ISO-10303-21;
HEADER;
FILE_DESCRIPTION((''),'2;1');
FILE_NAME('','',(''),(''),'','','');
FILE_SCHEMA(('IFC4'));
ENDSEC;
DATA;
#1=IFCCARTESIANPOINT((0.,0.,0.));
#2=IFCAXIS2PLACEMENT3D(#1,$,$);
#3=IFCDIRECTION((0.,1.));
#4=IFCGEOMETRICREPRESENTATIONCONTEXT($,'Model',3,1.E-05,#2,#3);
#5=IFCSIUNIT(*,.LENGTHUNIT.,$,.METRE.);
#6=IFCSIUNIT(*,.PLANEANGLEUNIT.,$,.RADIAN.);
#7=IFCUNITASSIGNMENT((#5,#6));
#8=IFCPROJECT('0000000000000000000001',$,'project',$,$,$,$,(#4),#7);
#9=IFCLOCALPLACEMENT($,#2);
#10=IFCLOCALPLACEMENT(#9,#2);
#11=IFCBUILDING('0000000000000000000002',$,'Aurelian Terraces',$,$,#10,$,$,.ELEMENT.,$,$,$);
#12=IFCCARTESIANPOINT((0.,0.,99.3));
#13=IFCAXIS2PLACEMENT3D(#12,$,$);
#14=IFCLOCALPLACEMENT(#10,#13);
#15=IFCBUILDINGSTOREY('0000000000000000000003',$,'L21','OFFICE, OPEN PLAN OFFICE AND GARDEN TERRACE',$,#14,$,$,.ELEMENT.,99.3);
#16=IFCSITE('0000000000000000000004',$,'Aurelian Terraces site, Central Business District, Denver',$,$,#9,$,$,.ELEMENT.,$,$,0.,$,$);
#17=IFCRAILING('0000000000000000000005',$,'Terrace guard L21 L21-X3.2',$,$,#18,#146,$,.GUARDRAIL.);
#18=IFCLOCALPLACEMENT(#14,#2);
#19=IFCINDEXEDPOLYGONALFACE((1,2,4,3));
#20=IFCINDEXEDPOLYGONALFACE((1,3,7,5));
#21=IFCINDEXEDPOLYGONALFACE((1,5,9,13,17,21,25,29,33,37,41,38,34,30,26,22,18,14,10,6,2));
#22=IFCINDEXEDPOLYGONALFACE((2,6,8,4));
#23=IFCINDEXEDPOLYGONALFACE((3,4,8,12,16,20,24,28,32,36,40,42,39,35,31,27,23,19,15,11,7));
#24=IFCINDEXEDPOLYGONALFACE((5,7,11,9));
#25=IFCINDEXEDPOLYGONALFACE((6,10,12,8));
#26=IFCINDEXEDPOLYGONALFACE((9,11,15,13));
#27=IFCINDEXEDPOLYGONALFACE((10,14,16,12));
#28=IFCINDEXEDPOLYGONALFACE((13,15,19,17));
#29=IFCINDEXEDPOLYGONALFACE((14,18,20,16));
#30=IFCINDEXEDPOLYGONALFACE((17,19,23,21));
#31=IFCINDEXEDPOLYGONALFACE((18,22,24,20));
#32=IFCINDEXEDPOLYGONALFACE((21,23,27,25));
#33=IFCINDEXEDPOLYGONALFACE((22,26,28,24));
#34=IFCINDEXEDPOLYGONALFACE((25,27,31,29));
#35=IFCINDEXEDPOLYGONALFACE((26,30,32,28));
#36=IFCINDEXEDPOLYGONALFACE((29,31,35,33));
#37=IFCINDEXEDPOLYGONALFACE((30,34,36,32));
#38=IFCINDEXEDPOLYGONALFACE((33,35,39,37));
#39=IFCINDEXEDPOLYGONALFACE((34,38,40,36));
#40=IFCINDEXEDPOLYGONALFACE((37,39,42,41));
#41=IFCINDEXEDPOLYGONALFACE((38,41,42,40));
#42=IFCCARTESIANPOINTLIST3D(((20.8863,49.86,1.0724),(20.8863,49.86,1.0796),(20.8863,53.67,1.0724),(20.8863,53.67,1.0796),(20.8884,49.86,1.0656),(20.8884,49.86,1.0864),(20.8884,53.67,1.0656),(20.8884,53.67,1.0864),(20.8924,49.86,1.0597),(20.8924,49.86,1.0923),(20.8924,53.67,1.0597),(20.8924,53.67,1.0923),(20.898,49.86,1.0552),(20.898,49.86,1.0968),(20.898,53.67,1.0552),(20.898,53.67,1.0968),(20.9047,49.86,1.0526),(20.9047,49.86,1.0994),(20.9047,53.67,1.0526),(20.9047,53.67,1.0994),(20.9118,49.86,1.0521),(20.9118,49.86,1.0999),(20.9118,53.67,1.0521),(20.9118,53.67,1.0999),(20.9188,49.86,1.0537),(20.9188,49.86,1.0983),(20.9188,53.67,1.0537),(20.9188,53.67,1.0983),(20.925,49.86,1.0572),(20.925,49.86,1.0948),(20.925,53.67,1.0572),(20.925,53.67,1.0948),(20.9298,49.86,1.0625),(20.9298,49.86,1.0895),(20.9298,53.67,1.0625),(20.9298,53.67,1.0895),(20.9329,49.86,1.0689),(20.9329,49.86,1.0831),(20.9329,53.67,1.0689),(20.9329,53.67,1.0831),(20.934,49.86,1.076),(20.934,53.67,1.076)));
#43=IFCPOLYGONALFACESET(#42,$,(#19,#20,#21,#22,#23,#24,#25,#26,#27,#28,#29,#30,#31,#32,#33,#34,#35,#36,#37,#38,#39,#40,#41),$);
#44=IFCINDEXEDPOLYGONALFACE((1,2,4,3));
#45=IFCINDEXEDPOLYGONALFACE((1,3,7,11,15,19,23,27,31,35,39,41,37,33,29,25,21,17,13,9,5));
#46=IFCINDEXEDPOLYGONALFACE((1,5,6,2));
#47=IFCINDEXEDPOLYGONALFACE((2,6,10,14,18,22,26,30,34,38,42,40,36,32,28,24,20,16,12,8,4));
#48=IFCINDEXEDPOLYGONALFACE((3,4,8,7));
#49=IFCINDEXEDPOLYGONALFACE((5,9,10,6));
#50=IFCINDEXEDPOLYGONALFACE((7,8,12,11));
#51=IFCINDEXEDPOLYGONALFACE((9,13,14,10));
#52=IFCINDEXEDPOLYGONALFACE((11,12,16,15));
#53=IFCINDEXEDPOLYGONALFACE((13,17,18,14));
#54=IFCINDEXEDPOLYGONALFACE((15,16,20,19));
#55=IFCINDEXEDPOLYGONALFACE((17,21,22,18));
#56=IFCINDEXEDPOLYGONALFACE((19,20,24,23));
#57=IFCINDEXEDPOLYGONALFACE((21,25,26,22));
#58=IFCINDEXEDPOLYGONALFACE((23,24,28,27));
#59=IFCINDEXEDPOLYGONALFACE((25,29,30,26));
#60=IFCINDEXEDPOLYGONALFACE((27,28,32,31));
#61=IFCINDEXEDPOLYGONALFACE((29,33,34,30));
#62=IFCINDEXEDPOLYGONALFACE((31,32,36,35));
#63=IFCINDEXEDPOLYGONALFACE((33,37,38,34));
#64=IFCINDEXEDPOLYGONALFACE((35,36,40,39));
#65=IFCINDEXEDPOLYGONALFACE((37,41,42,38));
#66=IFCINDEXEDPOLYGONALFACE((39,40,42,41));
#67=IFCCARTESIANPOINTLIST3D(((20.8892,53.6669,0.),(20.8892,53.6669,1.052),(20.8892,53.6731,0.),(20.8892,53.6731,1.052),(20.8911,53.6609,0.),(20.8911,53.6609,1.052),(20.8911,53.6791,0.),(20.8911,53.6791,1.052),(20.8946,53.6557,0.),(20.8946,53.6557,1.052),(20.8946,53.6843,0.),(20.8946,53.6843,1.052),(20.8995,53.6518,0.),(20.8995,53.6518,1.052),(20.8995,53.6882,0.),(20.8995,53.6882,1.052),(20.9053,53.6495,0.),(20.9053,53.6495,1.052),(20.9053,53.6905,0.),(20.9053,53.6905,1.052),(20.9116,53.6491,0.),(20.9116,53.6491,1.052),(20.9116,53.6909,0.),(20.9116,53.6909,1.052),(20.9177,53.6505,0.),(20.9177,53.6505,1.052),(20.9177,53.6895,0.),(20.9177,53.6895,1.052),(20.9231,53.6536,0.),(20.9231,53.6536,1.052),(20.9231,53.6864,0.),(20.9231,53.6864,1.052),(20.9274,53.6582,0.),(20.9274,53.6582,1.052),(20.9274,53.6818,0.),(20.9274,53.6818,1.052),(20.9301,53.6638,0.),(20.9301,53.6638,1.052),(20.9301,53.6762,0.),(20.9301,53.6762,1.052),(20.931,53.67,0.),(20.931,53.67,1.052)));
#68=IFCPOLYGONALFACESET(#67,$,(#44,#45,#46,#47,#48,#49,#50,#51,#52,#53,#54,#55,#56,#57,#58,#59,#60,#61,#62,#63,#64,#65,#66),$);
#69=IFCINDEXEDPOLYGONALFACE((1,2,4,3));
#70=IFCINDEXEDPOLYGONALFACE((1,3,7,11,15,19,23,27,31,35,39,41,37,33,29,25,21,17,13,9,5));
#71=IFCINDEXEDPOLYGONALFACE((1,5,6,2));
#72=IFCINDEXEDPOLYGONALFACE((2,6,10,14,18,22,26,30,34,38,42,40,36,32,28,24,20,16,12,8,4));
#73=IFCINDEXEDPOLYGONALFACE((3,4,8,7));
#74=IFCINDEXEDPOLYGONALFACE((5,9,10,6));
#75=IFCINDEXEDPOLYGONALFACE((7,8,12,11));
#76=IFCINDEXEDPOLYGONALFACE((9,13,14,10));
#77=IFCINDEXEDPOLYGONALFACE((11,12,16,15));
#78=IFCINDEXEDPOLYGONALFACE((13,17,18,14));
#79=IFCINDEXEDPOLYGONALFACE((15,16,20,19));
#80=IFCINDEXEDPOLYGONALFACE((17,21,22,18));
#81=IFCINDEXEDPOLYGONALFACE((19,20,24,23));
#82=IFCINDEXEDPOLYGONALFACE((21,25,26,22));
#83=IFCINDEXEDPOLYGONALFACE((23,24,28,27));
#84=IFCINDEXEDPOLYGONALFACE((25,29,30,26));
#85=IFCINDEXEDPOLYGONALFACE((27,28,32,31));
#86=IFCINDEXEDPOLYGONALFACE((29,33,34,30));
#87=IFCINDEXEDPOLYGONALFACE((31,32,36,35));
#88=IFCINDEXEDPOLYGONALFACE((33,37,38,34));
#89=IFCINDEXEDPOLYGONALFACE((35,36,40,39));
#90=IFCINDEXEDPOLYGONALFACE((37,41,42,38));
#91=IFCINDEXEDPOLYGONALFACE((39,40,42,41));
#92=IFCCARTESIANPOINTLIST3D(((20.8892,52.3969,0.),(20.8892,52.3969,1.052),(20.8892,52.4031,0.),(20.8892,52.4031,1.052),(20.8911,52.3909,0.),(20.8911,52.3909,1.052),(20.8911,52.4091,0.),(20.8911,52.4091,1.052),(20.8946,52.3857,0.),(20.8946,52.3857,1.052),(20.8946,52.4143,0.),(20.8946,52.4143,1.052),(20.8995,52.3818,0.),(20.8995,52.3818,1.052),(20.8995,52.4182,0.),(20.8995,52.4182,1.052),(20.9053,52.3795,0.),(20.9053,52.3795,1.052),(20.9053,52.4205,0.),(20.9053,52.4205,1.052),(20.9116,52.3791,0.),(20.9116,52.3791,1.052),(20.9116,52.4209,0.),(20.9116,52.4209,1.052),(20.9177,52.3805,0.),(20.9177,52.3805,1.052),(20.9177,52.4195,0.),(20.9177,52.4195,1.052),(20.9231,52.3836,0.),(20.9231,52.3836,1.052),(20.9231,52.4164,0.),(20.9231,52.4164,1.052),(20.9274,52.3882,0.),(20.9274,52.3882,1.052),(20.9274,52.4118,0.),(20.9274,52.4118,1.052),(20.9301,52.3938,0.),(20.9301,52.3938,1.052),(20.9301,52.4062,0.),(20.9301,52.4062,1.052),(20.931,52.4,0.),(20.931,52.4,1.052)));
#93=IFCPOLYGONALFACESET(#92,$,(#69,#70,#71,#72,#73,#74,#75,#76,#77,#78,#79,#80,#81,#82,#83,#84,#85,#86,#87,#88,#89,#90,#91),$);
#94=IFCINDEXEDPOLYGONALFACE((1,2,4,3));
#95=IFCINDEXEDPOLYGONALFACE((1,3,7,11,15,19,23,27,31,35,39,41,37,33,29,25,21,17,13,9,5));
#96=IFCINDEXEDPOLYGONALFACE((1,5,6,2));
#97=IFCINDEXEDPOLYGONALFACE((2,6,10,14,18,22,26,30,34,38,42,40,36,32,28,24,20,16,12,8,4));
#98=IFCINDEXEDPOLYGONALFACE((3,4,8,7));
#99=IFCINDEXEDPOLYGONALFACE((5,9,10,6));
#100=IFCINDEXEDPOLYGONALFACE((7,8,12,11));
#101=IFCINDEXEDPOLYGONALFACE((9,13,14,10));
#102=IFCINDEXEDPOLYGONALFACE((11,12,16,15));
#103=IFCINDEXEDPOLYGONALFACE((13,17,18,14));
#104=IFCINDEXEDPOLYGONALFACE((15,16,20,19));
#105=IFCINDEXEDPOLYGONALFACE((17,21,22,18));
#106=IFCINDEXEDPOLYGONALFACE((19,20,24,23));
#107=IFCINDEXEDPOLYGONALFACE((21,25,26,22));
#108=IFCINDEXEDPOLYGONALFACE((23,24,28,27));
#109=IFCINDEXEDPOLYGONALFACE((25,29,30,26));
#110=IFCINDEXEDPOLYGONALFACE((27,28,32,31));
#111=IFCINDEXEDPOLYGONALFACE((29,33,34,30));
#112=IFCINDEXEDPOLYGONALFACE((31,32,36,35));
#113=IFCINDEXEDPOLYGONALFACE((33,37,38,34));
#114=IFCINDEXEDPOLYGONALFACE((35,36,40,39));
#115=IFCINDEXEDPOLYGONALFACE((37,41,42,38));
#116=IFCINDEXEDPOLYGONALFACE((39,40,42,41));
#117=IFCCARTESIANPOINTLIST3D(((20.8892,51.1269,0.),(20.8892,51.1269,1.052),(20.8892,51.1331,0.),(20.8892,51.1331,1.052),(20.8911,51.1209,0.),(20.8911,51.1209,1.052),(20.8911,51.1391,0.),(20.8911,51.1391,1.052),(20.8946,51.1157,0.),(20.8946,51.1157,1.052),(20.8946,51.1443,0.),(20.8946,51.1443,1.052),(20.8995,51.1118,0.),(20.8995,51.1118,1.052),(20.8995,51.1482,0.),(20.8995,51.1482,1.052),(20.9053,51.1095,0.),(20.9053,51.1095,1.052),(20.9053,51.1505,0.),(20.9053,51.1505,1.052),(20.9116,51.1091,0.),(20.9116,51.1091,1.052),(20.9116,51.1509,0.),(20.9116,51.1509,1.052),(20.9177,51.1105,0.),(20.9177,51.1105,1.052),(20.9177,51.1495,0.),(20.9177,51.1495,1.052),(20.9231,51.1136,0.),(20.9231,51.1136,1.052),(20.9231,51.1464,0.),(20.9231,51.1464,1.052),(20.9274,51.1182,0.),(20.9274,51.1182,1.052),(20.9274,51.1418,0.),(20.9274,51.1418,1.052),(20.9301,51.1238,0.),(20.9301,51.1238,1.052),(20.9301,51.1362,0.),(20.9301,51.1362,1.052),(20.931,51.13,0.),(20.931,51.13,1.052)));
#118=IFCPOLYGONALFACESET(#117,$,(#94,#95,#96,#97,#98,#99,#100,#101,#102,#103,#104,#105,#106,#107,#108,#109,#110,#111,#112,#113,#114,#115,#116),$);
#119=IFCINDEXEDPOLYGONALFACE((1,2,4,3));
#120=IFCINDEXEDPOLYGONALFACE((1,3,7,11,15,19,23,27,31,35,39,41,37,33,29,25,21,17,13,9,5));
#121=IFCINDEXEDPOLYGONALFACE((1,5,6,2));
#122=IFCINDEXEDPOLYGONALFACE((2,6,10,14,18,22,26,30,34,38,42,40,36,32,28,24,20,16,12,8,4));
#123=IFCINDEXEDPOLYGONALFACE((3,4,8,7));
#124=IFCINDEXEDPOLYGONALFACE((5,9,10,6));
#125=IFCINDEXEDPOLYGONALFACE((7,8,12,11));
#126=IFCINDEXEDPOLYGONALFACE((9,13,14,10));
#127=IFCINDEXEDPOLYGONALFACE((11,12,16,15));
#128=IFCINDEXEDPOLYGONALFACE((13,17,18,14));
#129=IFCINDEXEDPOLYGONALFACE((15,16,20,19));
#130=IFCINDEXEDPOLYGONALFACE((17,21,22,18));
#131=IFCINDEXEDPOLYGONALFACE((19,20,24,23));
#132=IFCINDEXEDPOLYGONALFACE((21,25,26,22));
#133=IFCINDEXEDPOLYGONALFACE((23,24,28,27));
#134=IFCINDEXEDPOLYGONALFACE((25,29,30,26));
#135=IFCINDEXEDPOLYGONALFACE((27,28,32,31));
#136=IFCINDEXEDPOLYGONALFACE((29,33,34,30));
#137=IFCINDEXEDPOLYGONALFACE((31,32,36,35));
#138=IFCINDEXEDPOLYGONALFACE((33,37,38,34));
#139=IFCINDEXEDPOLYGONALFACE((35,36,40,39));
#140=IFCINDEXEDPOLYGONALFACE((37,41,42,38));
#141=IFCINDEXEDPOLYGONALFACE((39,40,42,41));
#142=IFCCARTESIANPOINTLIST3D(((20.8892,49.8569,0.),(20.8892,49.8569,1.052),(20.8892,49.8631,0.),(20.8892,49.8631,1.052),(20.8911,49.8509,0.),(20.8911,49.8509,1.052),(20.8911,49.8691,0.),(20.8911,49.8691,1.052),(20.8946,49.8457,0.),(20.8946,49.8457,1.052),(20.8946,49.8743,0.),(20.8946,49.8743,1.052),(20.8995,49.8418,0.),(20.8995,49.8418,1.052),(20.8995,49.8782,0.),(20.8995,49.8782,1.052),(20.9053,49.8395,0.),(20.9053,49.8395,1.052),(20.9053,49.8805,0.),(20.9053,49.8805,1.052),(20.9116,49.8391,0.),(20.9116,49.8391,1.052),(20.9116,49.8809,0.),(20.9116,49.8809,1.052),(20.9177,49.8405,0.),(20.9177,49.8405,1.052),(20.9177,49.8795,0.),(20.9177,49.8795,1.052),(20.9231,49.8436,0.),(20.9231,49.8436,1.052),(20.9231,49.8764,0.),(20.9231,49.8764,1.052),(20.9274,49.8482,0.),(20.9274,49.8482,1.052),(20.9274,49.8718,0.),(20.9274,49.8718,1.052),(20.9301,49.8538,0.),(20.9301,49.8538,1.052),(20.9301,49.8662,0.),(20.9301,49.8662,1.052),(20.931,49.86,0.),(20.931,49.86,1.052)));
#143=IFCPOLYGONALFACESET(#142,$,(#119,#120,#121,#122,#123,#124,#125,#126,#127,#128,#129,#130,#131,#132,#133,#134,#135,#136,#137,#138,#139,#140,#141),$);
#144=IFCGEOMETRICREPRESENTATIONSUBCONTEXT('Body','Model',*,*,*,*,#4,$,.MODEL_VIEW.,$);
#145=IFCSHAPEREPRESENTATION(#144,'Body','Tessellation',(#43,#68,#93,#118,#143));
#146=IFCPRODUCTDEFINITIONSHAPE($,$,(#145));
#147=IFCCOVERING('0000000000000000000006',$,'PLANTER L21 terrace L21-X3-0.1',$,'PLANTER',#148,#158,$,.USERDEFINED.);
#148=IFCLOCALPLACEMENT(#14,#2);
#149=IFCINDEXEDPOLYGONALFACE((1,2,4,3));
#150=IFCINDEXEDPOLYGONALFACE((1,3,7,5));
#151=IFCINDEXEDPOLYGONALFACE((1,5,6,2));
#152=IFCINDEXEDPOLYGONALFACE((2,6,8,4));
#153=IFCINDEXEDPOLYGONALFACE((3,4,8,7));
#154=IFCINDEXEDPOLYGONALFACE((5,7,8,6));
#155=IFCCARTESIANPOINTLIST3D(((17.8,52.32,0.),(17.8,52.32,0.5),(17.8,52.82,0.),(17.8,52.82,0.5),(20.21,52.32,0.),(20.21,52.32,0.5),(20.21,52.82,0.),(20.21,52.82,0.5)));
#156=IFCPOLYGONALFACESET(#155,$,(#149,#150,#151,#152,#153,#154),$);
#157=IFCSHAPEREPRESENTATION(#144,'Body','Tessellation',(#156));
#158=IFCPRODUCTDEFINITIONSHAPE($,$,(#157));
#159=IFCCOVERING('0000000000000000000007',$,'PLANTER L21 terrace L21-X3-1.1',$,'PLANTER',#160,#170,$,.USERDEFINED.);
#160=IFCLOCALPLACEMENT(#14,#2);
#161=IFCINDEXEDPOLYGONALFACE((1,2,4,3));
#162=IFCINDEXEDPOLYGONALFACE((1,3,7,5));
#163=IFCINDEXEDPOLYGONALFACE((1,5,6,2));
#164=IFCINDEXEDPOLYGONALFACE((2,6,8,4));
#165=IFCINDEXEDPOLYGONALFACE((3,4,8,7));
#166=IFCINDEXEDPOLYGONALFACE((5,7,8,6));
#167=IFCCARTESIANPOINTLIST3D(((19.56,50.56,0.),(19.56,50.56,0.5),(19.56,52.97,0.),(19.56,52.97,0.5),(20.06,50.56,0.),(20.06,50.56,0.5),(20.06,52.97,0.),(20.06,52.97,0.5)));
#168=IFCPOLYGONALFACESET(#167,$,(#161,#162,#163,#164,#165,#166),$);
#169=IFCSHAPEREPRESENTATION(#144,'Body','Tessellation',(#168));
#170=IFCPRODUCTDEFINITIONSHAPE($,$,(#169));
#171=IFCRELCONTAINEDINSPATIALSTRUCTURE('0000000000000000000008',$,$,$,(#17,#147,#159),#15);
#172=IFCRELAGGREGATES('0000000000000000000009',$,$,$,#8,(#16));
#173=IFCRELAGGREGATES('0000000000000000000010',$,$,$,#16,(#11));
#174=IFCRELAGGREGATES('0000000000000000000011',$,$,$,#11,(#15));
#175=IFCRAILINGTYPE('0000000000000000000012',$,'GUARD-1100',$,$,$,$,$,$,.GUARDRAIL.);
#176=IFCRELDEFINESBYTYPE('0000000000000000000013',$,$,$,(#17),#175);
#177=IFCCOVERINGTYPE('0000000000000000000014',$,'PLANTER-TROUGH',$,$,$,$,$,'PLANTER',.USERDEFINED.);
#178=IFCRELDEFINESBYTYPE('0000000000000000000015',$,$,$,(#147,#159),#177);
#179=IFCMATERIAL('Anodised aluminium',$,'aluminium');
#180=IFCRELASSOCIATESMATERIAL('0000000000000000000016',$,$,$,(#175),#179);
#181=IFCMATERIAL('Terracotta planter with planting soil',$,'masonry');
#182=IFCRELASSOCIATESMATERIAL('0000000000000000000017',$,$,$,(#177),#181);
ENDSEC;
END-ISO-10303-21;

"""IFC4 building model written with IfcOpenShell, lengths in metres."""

from ifc_helpers import new_model, si_unit, direction, frame, origin, origin_2d, place, context, subcontext, project, spatial, rectangle, circle, extrude, material, type_object, element, save


model = new_model("IFC4")

# Units and contexts
model_context = context("Model", 3, precision=1e-05, world=origin(), true_north=direction((0.0, 1.0)))
body_context = subcontext(model_context, "Body", "Model", "MODEL_VIEW")
ifc_project = project(units=[si_unit("LENGTHUNIT", "METRE"), si_unit("PLANEANGLEUNIT", "RADIAN")], contexts=[model_context])

# Site, building, storey
site_placement = place(None, origin())
site = spatial("IfcSite", under=ifc_project, at=site_placement, Name="Aurelian Terraces site, Central Business District, Denver", CompositionType="ELEMENT", RefElevation=0.0)
building_placement = place(site_placement, origin())
building = spatial("IfcBuilding", under=site, at=building_placement, Name="Aurelian Terraces", CompositionType="ELEMENT")
storey_placement = place(building_placement, frame((0.0, 0.0, 99.3)))
storey = spatial("IfcBuildingStorey", under=building, at=storey_placement, Name="L21", Description="OFFICE, OPEN PLAN OFFICE AND GARDEN TERRACE", CompositionType="ELEMENT", Elevation=99.3)

# Railing
ifc_material_1 = material(Name="Anodised aluminium", Category="aluminium")
railing_type = type_object("IfcRailingType", Name="GUARD-1100", PredefinedType="GUARDRAIL", material=ifc_material_1)
railing_1_placement = place(storey_placement, frame((20.91, 53.67, 0.0)))
element("IfcRailing", 1, at=railing_1_placement, inside=storey, type_object=railing_type, Name="Terrace guard L21 L21-X3.2", PredefinedType="GUARDRAIL", context=body_context, shape_type="SweptSolid", body=[
    extrude(circle(Radius=0.024, at=origin_2d()), frame((0.0, 0.0, 1.076), z_axis=(0.0, -1.0, 0.0), x_axis=(1.0, 0.0, 0.0)), (0.0, 0.0, 1.0), 3.81),
    extrude(circle(Radius=0.021, at=origin_2d()), origin(), (0.0, 0.0, 1.0), 1.052),
    extrude(circle(Radius=0.021, at=origin_2d()), frame((0.0, -1.27, 0.0)), (0.0, 0.0, 1.0), 1.052),
    extrude(circle(Radius=0.021, at=origin_2d()), frame((0.0, -2.54, 0.0)), (0.0, 0.0, 1.0), 1.052),
    extrude(circle(Radius=0.021, at=origin_2d()), frame((0.0, -3.81, 0.0)), (0.0, 0.0, 1.0), 1.052),
])

# Coverings
ifc_material_2 = material(Name="Terracotta planter with planting soil", Category="masonry")
covering_type = type_object("IfcCoveringType", Name="PLANTER-TROUGH", ElementType="PLANTER", PredefinedType="USERDEFINED", material=ifc_material_2)
covering_1_placement = place(storey_placement, frame((19.005, 52.57, 0.0), z_axis=(0.0, 0.0, 1.0), x_axis=(1.0, 0.0, 0.0)))
element("IfcCovering", 2, at=covering_1_placement, inside=storey, type_object=covering_type, Name="PLANTER L21 terrace L21-X3-0.1", ObjectType="PLANTER", PredefinedType="USERDEFINED", context=body_context, shape_type="SweptSolid", body=[
    extrude(rectangle(XDim=2.41, YDim=0.5, at=origin_2d()), origin(), (0.0, 0.0, 1.0), 0.5),
])
covering_2_placement = place(storey_placement, frame((19.81, 51.765, 0.0), z_axis=(0.0, 0.0, 1.0), x_axis=(1.0, 0.0, 0.0)))
element("IfcCovering", 3, at=covering_2_placement, inside=storey, type_object=covering_type, Name="PLANTER L21 terrace L21-X3-1.1", ObjectType="PLANTER", PredefinedType="USERDEFINED", context=body_context, shape_type="SweptSolid", body=[
    extrude(rectangle(XDim=0.5, YDim=2.41, at=origin_2d()), origin(), (0.0, 0.0, 1.0), 0.5),
])

save(model, "model.ifc")
